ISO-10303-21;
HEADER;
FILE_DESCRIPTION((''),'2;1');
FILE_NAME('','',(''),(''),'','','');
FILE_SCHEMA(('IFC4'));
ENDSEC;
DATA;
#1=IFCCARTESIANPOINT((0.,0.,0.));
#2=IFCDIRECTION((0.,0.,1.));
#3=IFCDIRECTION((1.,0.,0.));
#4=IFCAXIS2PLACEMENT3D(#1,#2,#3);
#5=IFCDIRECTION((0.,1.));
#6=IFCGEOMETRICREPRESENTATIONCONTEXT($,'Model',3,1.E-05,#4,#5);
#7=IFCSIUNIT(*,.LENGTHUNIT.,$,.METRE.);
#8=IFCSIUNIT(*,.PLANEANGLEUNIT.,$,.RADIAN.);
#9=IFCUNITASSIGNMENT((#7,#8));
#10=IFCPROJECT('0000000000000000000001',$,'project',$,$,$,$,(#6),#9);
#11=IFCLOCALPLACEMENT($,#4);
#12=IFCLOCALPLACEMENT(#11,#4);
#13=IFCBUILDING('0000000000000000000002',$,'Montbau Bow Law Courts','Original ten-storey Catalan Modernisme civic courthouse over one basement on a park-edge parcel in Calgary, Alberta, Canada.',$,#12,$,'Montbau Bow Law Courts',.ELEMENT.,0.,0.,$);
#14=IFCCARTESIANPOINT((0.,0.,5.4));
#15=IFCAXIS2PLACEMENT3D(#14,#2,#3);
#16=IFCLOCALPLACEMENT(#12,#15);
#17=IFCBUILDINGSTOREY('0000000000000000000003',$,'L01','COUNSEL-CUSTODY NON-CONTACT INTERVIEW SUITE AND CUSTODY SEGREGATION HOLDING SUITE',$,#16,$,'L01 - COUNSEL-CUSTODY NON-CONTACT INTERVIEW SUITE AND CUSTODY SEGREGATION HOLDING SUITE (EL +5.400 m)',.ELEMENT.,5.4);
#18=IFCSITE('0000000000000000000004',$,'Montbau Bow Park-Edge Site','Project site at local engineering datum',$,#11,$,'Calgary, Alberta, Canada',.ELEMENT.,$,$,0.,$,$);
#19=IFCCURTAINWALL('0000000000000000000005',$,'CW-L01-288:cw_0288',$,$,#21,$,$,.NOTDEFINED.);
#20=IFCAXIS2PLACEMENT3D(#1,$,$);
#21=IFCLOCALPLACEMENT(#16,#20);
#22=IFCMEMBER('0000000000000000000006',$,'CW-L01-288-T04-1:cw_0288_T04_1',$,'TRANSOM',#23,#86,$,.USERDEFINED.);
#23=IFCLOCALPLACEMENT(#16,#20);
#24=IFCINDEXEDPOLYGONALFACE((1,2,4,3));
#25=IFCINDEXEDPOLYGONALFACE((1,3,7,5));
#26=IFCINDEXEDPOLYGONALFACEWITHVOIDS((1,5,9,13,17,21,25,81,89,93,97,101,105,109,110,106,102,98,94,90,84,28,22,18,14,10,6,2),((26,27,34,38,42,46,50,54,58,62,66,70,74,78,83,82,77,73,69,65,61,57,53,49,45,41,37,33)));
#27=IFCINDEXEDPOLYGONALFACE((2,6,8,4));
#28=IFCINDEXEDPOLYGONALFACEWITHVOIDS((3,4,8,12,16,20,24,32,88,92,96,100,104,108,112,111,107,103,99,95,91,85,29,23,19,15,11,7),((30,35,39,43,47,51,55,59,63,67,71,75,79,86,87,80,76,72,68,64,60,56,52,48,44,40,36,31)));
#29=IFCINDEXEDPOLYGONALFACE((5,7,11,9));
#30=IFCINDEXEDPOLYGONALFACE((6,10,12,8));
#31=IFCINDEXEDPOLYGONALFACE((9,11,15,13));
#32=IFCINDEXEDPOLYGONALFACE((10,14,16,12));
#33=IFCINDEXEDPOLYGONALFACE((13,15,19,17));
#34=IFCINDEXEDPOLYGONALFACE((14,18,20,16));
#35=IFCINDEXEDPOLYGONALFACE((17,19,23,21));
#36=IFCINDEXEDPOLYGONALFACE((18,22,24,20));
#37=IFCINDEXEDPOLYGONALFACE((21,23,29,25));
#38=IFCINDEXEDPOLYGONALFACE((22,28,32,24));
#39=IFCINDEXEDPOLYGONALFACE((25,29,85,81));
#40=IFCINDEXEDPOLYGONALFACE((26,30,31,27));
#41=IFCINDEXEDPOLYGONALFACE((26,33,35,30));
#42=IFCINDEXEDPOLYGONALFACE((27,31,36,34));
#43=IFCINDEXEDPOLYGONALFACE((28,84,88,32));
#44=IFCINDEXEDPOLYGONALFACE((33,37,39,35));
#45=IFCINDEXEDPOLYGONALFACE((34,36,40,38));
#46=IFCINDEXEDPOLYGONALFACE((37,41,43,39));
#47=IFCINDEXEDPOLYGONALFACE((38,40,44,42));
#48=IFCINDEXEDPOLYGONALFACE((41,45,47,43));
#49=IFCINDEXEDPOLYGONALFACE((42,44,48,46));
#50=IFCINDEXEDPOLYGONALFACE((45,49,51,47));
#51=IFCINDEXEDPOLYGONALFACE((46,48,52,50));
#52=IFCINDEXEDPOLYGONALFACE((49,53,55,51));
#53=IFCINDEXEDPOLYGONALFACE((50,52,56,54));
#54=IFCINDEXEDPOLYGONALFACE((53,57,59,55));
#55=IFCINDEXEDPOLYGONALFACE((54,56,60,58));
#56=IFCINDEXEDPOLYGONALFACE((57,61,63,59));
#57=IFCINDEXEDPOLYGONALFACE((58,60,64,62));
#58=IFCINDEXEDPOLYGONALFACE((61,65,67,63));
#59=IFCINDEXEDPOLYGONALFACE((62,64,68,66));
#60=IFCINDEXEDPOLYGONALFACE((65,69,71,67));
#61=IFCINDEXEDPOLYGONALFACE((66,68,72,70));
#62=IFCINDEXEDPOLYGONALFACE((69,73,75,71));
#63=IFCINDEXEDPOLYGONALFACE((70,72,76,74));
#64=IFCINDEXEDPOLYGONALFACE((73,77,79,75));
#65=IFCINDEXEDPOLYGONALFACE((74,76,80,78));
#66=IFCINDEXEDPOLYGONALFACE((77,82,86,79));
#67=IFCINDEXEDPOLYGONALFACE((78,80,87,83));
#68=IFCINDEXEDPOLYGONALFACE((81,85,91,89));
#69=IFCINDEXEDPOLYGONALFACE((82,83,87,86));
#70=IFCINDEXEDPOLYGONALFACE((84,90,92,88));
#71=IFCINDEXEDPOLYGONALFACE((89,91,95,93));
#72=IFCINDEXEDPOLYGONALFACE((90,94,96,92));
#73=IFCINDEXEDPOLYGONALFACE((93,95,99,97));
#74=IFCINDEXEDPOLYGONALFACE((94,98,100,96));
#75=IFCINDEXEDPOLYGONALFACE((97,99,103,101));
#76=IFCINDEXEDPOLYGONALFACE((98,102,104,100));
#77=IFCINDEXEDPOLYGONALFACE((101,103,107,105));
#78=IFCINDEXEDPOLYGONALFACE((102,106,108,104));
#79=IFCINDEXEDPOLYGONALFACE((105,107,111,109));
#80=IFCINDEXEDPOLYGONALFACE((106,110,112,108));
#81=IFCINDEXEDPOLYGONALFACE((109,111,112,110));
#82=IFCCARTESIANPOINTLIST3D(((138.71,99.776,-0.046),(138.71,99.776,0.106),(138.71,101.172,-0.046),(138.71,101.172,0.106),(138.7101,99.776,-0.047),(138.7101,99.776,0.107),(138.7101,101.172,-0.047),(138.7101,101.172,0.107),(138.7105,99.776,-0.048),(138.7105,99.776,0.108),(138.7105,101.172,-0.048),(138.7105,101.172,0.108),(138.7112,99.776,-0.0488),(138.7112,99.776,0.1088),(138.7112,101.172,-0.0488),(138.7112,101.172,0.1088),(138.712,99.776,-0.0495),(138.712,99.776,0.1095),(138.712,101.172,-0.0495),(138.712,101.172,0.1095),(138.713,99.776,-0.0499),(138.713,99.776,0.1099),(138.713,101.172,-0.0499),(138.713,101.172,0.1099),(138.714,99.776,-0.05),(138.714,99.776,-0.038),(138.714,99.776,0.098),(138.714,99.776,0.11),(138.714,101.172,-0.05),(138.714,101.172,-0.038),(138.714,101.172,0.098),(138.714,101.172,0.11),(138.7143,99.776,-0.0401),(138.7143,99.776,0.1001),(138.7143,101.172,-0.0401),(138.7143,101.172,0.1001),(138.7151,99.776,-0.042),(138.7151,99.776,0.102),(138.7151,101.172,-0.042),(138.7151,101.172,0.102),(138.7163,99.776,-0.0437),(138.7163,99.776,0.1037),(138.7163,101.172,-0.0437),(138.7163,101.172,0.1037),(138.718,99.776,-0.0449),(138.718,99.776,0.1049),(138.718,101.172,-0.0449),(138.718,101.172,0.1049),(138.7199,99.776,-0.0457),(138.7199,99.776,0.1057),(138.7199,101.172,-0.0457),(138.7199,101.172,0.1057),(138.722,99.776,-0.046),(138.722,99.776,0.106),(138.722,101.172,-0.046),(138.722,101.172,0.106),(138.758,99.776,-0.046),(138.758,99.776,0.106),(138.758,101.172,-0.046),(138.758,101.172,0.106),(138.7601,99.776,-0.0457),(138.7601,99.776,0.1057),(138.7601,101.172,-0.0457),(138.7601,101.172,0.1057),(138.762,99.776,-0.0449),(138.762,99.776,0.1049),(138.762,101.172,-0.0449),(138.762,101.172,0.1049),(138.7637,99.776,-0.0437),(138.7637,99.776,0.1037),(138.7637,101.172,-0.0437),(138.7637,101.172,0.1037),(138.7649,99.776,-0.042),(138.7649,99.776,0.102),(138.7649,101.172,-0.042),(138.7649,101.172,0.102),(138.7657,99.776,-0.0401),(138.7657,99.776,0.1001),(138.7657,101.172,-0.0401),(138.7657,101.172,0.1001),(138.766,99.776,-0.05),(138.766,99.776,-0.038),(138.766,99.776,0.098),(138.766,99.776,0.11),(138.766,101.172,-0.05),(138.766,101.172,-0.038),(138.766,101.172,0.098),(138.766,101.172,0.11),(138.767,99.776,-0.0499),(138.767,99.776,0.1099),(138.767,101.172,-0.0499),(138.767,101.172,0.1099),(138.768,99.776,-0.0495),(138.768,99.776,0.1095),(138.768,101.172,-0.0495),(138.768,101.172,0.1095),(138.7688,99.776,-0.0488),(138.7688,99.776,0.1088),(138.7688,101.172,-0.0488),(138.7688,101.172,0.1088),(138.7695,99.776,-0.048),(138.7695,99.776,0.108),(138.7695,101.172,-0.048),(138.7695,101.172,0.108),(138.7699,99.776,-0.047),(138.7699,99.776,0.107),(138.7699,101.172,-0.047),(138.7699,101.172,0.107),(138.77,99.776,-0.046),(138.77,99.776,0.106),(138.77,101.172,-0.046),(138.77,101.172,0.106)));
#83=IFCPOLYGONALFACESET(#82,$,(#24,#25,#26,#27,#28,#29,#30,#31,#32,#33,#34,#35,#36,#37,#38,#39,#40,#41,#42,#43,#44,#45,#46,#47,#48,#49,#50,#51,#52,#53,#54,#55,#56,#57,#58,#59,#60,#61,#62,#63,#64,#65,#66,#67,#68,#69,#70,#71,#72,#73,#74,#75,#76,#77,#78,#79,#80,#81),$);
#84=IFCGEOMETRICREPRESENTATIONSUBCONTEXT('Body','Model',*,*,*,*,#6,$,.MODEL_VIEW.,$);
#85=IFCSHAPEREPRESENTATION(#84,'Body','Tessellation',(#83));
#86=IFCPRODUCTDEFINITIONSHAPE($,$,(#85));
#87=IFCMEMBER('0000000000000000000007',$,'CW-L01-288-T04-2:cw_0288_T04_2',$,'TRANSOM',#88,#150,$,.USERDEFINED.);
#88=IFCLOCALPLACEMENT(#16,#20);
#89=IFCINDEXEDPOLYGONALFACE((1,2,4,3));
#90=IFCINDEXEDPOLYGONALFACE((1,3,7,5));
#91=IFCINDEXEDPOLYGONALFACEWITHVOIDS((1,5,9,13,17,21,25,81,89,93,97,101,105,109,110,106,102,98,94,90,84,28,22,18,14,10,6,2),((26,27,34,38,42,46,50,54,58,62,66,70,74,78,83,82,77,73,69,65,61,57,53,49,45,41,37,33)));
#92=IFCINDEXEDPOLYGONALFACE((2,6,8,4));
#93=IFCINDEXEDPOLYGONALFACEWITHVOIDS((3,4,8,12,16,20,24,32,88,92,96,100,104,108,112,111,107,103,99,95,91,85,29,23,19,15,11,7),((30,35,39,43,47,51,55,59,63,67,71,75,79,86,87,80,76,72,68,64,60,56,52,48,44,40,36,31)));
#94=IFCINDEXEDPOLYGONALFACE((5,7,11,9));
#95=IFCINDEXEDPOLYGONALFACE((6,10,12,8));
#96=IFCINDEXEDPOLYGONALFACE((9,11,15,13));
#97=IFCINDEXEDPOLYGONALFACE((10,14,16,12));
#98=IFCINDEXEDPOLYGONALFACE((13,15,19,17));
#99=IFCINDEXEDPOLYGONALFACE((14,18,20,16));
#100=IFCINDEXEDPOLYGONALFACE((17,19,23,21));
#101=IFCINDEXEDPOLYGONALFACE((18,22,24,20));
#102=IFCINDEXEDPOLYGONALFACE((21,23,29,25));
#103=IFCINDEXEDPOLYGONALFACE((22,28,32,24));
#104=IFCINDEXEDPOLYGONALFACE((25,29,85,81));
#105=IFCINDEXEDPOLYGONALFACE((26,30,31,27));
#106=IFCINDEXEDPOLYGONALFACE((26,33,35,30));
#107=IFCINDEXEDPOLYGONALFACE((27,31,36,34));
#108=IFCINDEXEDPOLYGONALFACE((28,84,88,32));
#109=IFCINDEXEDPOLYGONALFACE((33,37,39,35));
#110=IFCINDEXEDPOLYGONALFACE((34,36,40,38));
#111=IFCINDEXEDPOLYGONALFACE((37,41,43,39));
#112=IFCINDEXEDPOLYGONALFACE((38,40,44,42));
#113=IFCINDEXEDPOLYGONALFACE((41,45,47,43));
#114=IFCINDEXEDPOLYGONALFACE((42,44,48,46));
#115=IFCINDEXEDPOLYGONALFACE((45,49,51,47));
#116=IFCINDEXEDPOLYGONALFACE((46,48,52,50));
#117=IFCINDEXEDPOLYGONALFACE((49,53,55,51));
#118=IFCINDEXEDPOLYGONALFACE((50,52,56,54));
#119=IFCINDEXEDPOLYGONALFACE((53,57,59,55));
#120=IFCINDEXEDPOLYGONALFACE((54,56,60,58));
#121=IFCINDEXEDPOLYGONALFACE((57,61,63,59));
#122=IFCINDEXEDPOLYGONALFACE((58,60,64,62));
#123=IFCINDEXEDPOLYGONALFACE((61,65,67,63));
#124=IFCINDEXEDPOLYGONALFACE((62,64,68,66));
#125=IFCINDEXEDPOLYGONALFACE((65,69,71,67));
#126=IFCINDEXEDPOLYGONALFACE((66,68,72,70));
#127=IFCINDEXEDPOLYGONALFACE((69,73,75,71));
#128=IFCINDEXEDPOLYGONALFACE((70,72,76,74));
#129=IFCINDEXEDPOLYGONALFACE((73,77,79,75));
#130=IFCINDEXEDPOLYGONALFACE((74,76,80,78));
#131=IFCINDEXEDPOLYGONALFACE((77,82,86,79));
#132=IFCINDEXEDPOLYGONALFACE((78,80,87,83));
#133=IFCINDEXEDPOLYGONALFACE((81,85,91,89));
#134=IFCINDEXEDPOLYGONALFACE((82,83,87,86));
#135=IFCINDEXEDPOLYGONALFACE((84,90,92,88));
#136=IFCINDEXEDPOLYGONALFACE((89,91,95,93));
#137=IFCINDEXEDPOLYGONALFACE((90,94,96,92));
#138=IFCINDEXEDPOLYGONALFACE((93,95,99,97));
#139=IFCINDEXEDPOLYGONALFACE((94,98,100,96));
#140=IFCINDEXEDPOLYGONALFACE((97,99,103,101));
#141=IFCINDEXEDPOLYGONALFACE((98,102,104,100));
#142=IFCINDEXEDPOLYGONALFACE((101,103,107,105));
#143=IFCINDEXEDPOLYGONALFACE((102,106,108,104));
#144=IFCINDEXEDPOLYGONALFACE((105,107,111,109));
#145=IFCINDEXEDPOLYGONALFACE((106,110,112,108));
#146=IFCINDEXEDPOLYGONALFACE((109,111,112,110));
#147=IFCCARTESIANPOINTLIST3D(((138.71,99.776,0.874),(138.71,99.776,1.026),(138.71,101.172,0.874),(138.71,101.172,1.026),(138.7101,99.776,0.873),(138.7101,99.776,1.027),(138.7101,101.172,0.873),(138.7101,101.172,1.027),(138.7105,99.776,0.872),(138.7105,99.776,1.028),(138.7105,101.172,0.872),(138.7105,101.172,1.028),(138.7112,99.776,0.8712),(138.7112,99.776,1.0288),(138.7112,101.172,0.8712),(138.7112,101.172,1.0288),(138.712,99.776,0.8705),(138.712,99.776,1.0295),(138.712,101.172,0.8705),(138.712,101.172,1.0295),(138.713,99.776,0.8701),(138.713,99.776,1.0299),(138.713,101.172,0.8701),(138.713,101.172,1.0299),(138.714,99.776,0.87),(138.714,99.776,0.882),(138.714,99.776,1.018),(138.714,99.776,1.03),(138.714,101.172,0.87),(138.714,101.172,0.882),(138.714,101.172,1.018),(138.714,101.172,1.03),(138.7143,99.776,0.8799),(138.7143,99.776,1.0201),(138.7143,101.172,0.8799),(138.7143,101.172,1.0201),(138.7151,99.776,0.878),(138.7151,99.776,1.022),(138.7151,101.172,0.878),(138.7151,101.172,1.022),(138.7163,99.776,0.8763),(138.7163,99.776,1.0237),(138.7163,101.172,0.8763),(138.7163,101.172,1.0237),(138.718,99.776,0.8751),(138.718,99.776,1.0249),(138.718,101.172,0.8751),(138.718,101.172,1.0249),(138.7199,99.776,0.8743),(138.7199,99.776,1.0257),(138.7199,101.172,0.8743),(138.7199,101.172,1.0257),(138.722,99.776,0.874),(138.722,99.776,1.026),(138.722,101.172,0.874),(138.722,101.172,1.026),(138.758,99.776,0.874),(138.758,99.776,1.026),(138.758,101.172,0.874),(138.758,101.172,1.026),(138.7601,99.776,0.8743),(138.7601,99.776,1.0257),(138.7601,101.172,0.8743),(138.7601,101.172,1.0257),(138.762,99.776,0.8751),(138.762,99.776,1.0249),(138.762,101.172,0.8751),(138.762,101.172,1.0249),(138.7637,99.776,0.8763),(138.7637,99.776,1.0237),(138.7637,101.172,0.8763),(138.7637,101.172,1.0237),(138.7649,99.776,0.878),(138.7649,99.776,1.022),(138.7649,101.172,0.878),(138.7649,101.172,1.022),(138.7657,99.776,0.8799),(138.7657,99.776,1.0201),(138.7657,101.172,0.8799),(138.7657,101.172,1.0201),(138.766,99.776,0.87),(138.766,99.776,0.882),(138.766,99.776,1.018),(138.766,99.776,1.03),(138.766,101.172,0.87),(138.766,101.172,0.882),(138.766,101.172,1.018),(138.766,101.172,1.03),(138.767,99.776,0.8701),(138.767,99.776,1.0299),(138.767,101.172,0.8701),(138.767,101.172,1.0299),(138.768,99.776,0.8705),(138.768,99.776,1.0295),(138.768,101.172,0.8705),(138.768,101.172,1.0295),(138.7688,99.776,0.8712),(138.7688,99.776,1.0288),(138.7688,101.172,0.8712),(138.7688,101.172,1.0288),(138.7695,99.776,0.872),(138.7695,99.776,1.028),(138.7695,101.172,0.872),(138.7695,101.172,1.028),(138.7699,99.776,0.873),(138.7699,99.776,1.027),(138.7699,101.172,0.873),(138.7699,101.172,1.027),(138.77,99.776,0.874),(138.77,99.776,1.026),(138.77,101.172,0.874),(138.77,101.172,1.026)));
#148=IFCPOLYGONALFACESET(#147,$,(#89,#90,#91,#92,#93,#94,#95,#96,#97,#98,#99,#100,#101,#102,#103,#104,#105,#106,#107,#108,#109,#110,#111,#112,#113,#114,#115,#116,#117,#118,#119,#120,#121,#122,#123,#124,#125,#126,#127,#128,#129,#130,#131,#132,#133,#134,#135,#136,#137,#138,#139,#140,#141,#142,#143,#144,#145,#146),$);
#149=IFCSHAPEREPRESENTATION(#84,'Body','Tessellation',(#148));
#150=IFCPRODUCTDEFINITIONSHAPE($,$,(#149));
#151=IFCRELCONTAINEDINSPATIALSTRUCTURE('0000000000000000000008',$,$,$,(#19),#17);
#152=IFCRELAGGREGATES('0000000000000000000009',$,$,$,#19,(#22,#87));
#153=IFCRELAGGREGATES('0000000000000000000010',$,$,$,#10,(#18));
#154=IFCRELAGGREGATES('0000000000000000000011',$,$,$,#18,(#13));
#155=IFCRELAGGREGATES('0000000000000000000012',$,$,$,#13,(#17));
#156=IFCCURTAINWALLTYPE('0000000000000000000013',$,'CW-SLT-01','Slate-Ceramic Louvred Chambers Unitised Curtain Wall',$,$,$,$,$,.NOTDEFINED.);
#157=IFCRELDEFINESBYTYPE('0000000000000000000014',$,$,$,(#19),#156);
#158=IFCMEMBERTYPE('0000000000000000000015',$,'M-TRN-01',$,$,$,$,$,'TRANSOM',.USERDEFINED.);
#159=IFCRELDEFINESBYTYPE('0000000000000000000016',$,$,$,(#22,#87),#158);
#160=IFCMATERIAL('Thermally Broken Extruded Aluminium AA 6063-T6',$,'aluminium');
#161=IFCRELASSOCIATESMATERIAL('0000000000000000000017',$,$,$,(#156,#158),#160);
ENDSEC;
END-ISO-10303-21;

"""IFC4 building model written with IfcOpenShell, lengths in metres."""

from ifc_helpers import new_model, si_unit, direction, frame, origin_with_axes, origin_2d_with_axis, place, context, subcontext, project, spatial, hollow_rectangle, extrude, material, material_profile, profile_set, type_object, element, aggregate, save


model = new_model("IFC4")

# Units and contexts
model_context = context("Model", 3, precision=1e-05, world=origin_with_axes(), true_north=direction((0.0, 1.0)))
body_context = subcontext(model_context, "Body", "Model", "MODEL_VIEW")
ifc_project = project(units=[si_unit("LENGTHUNIT", "METRE"), si_unit("PLANEANGLEUNIT", "RADIAN")], contexts=[model_context])

# Site, building, storey
site_placement = place(None, origin_with_axes())
site = spatial("IfcSite", under=ifc_project, at=site_placement, Name="Montbau Bow Park-Edge Site", Description="Project site at local engineering datum", LongName="Calgary, Alberta, Canada", CompositionType="ELEMENT", RefElevation=0.0)
building_placement = place(site_placement, origin_with_axes())
building = spatial("IfcBuilding", under=site, at=building_placement, Name="Montbau Bow Law Courts", Description="Original ten-storey Catalan Modernisme civic courthouse over one basement on a park-edge parcel in Calgary, Alberta, Canada.", LongName="Montbau Bow Law Courts", CompositionType="ELEMENT", ElevationOfRefHeight=0.0, ElevationOfTerrain=0.0)
storey_placement = place(building_placement, frame((0.0, 0.0, 5.4), z_axis=(0.0, 0.0, 1.0), x_axis=(1.0, 0.0, 0.0)))
storey = spatial("IfcBuildingStorey", under=building, at=storey_placement, Name="L01", Description="COUNSEL-CUSTODY NON-CONTACT INTERVIEW SUITE AND CUSTODY SEGREGATION HOLDING SUITE", LongName="L01 - COUNSEL-CUSTODY NON-CONTACT INTERVIEW SUITE AND CUSTODY SEGREGATION HOLDING SUITE (EL +5.400 m)", CompositionType="ELEMENT", Elevation=5.4)

# Curtain wall
ifc_material_1 = material(Name="Thermally Broken Extruded Aluminium AA 6063-T6", Category="aluminium")
curtain_wall_type = type_object("IfcCurtainWallType", Name="CW-SLT-01", Description="Slate-Ceramic Louvred Chambers Unitised Curtain Wall", PredefinedType="NOTDEFINED", material=ifc_material_1)
curtain_wall_1_placement = place(None, frame((138.74, 95.315, 5.4), z_axis=(0.0, 0.0, 1.0), x_axis=(1.0, 0.0, 0.0)))
curtain_wall_1 = element("IfcCurtainWall", 1, at=curtain_wall_1_placement, inside=storey, type_object=curtain_wall_type, Name="CW-L01-288:cw_0288", PredefinedType="NOTDEFINED")

# Members
ifc_material_profile_1 = material_profile(ifc_material_1, hollow_rectangle(XDim=0.06, YDim=0.16, WallThickness=0.004, InnerFilletRadius=0.008, OuterFilletRadius=0.004, at=origin_2d_with_axis()), Name="CWT-160X60", Category="Main", Priority=0)
ifc_profile_set_1 = profile_set([ifc_material_profile_1], Name="Thermally Broken Extruded Aluminium AA 6063-T6")
member_type_1 = type_object("IfcMemberType", Name="M-TRN-01", ElementType="TRANSOM", PredefinedType="USERDEFINED", material=ifc_profile_set_1)
member_1_placement = place(None, frame((138.74, 99.776, 5.43), z_axis=(0.0, 1.0, 0.0), x_axis=(-1.0, 0.0, 0.0)))
member_1 = element("IfcMember", 2, at=member_1_placement, type_object=member_type_1, Name="CW-L01-288-T04-1:cw_0288_T04_1", ObjectType="TRANSOM", PredefinedType="USERDEFINED", context=body_context, shape_type="SweptSolid", body=[
    extrude(hollow_rectangle(XDim=0.06, YDim=0.16, WallThickness=0.004, InnerFilletRadius=0.008, OuterFilletRadius=0.004, at=origin_2d_with_axis()), origin_with_axes(), (0.0, 0.0, 1.0), 1.396),
])
member_2_placement = place(None, frame((138.74, 99.776, 6.35), z_axis=(0.0, 1.0, 0.0), x_axis=(-1.0, 0.0, 0.0)))
member_2 = element("IfcMember", 3, at=member_2_placement, type_object=member_type_1, Name="CW-L01-288-T04-2:cw_0288_T04_2", ObjectType="TRANSOM", PredefinedType="USERDEFINED", context=body_context, shape_type="SweptSolid", body=[
    extrude(hollow_rectangle(XDim=0.06, YDim=0.16, WallThickness=0.004, InnerFilletRadius=0.008, OuterFilletRadius=0.004, at=origin_2d_with_axis()), origin_with_axes(), (0.0, 0.0, 1.0), 1.396),
])

aggregate(curtain_wall_1, [member_1, member_2])

save(model, "model.ifc")
